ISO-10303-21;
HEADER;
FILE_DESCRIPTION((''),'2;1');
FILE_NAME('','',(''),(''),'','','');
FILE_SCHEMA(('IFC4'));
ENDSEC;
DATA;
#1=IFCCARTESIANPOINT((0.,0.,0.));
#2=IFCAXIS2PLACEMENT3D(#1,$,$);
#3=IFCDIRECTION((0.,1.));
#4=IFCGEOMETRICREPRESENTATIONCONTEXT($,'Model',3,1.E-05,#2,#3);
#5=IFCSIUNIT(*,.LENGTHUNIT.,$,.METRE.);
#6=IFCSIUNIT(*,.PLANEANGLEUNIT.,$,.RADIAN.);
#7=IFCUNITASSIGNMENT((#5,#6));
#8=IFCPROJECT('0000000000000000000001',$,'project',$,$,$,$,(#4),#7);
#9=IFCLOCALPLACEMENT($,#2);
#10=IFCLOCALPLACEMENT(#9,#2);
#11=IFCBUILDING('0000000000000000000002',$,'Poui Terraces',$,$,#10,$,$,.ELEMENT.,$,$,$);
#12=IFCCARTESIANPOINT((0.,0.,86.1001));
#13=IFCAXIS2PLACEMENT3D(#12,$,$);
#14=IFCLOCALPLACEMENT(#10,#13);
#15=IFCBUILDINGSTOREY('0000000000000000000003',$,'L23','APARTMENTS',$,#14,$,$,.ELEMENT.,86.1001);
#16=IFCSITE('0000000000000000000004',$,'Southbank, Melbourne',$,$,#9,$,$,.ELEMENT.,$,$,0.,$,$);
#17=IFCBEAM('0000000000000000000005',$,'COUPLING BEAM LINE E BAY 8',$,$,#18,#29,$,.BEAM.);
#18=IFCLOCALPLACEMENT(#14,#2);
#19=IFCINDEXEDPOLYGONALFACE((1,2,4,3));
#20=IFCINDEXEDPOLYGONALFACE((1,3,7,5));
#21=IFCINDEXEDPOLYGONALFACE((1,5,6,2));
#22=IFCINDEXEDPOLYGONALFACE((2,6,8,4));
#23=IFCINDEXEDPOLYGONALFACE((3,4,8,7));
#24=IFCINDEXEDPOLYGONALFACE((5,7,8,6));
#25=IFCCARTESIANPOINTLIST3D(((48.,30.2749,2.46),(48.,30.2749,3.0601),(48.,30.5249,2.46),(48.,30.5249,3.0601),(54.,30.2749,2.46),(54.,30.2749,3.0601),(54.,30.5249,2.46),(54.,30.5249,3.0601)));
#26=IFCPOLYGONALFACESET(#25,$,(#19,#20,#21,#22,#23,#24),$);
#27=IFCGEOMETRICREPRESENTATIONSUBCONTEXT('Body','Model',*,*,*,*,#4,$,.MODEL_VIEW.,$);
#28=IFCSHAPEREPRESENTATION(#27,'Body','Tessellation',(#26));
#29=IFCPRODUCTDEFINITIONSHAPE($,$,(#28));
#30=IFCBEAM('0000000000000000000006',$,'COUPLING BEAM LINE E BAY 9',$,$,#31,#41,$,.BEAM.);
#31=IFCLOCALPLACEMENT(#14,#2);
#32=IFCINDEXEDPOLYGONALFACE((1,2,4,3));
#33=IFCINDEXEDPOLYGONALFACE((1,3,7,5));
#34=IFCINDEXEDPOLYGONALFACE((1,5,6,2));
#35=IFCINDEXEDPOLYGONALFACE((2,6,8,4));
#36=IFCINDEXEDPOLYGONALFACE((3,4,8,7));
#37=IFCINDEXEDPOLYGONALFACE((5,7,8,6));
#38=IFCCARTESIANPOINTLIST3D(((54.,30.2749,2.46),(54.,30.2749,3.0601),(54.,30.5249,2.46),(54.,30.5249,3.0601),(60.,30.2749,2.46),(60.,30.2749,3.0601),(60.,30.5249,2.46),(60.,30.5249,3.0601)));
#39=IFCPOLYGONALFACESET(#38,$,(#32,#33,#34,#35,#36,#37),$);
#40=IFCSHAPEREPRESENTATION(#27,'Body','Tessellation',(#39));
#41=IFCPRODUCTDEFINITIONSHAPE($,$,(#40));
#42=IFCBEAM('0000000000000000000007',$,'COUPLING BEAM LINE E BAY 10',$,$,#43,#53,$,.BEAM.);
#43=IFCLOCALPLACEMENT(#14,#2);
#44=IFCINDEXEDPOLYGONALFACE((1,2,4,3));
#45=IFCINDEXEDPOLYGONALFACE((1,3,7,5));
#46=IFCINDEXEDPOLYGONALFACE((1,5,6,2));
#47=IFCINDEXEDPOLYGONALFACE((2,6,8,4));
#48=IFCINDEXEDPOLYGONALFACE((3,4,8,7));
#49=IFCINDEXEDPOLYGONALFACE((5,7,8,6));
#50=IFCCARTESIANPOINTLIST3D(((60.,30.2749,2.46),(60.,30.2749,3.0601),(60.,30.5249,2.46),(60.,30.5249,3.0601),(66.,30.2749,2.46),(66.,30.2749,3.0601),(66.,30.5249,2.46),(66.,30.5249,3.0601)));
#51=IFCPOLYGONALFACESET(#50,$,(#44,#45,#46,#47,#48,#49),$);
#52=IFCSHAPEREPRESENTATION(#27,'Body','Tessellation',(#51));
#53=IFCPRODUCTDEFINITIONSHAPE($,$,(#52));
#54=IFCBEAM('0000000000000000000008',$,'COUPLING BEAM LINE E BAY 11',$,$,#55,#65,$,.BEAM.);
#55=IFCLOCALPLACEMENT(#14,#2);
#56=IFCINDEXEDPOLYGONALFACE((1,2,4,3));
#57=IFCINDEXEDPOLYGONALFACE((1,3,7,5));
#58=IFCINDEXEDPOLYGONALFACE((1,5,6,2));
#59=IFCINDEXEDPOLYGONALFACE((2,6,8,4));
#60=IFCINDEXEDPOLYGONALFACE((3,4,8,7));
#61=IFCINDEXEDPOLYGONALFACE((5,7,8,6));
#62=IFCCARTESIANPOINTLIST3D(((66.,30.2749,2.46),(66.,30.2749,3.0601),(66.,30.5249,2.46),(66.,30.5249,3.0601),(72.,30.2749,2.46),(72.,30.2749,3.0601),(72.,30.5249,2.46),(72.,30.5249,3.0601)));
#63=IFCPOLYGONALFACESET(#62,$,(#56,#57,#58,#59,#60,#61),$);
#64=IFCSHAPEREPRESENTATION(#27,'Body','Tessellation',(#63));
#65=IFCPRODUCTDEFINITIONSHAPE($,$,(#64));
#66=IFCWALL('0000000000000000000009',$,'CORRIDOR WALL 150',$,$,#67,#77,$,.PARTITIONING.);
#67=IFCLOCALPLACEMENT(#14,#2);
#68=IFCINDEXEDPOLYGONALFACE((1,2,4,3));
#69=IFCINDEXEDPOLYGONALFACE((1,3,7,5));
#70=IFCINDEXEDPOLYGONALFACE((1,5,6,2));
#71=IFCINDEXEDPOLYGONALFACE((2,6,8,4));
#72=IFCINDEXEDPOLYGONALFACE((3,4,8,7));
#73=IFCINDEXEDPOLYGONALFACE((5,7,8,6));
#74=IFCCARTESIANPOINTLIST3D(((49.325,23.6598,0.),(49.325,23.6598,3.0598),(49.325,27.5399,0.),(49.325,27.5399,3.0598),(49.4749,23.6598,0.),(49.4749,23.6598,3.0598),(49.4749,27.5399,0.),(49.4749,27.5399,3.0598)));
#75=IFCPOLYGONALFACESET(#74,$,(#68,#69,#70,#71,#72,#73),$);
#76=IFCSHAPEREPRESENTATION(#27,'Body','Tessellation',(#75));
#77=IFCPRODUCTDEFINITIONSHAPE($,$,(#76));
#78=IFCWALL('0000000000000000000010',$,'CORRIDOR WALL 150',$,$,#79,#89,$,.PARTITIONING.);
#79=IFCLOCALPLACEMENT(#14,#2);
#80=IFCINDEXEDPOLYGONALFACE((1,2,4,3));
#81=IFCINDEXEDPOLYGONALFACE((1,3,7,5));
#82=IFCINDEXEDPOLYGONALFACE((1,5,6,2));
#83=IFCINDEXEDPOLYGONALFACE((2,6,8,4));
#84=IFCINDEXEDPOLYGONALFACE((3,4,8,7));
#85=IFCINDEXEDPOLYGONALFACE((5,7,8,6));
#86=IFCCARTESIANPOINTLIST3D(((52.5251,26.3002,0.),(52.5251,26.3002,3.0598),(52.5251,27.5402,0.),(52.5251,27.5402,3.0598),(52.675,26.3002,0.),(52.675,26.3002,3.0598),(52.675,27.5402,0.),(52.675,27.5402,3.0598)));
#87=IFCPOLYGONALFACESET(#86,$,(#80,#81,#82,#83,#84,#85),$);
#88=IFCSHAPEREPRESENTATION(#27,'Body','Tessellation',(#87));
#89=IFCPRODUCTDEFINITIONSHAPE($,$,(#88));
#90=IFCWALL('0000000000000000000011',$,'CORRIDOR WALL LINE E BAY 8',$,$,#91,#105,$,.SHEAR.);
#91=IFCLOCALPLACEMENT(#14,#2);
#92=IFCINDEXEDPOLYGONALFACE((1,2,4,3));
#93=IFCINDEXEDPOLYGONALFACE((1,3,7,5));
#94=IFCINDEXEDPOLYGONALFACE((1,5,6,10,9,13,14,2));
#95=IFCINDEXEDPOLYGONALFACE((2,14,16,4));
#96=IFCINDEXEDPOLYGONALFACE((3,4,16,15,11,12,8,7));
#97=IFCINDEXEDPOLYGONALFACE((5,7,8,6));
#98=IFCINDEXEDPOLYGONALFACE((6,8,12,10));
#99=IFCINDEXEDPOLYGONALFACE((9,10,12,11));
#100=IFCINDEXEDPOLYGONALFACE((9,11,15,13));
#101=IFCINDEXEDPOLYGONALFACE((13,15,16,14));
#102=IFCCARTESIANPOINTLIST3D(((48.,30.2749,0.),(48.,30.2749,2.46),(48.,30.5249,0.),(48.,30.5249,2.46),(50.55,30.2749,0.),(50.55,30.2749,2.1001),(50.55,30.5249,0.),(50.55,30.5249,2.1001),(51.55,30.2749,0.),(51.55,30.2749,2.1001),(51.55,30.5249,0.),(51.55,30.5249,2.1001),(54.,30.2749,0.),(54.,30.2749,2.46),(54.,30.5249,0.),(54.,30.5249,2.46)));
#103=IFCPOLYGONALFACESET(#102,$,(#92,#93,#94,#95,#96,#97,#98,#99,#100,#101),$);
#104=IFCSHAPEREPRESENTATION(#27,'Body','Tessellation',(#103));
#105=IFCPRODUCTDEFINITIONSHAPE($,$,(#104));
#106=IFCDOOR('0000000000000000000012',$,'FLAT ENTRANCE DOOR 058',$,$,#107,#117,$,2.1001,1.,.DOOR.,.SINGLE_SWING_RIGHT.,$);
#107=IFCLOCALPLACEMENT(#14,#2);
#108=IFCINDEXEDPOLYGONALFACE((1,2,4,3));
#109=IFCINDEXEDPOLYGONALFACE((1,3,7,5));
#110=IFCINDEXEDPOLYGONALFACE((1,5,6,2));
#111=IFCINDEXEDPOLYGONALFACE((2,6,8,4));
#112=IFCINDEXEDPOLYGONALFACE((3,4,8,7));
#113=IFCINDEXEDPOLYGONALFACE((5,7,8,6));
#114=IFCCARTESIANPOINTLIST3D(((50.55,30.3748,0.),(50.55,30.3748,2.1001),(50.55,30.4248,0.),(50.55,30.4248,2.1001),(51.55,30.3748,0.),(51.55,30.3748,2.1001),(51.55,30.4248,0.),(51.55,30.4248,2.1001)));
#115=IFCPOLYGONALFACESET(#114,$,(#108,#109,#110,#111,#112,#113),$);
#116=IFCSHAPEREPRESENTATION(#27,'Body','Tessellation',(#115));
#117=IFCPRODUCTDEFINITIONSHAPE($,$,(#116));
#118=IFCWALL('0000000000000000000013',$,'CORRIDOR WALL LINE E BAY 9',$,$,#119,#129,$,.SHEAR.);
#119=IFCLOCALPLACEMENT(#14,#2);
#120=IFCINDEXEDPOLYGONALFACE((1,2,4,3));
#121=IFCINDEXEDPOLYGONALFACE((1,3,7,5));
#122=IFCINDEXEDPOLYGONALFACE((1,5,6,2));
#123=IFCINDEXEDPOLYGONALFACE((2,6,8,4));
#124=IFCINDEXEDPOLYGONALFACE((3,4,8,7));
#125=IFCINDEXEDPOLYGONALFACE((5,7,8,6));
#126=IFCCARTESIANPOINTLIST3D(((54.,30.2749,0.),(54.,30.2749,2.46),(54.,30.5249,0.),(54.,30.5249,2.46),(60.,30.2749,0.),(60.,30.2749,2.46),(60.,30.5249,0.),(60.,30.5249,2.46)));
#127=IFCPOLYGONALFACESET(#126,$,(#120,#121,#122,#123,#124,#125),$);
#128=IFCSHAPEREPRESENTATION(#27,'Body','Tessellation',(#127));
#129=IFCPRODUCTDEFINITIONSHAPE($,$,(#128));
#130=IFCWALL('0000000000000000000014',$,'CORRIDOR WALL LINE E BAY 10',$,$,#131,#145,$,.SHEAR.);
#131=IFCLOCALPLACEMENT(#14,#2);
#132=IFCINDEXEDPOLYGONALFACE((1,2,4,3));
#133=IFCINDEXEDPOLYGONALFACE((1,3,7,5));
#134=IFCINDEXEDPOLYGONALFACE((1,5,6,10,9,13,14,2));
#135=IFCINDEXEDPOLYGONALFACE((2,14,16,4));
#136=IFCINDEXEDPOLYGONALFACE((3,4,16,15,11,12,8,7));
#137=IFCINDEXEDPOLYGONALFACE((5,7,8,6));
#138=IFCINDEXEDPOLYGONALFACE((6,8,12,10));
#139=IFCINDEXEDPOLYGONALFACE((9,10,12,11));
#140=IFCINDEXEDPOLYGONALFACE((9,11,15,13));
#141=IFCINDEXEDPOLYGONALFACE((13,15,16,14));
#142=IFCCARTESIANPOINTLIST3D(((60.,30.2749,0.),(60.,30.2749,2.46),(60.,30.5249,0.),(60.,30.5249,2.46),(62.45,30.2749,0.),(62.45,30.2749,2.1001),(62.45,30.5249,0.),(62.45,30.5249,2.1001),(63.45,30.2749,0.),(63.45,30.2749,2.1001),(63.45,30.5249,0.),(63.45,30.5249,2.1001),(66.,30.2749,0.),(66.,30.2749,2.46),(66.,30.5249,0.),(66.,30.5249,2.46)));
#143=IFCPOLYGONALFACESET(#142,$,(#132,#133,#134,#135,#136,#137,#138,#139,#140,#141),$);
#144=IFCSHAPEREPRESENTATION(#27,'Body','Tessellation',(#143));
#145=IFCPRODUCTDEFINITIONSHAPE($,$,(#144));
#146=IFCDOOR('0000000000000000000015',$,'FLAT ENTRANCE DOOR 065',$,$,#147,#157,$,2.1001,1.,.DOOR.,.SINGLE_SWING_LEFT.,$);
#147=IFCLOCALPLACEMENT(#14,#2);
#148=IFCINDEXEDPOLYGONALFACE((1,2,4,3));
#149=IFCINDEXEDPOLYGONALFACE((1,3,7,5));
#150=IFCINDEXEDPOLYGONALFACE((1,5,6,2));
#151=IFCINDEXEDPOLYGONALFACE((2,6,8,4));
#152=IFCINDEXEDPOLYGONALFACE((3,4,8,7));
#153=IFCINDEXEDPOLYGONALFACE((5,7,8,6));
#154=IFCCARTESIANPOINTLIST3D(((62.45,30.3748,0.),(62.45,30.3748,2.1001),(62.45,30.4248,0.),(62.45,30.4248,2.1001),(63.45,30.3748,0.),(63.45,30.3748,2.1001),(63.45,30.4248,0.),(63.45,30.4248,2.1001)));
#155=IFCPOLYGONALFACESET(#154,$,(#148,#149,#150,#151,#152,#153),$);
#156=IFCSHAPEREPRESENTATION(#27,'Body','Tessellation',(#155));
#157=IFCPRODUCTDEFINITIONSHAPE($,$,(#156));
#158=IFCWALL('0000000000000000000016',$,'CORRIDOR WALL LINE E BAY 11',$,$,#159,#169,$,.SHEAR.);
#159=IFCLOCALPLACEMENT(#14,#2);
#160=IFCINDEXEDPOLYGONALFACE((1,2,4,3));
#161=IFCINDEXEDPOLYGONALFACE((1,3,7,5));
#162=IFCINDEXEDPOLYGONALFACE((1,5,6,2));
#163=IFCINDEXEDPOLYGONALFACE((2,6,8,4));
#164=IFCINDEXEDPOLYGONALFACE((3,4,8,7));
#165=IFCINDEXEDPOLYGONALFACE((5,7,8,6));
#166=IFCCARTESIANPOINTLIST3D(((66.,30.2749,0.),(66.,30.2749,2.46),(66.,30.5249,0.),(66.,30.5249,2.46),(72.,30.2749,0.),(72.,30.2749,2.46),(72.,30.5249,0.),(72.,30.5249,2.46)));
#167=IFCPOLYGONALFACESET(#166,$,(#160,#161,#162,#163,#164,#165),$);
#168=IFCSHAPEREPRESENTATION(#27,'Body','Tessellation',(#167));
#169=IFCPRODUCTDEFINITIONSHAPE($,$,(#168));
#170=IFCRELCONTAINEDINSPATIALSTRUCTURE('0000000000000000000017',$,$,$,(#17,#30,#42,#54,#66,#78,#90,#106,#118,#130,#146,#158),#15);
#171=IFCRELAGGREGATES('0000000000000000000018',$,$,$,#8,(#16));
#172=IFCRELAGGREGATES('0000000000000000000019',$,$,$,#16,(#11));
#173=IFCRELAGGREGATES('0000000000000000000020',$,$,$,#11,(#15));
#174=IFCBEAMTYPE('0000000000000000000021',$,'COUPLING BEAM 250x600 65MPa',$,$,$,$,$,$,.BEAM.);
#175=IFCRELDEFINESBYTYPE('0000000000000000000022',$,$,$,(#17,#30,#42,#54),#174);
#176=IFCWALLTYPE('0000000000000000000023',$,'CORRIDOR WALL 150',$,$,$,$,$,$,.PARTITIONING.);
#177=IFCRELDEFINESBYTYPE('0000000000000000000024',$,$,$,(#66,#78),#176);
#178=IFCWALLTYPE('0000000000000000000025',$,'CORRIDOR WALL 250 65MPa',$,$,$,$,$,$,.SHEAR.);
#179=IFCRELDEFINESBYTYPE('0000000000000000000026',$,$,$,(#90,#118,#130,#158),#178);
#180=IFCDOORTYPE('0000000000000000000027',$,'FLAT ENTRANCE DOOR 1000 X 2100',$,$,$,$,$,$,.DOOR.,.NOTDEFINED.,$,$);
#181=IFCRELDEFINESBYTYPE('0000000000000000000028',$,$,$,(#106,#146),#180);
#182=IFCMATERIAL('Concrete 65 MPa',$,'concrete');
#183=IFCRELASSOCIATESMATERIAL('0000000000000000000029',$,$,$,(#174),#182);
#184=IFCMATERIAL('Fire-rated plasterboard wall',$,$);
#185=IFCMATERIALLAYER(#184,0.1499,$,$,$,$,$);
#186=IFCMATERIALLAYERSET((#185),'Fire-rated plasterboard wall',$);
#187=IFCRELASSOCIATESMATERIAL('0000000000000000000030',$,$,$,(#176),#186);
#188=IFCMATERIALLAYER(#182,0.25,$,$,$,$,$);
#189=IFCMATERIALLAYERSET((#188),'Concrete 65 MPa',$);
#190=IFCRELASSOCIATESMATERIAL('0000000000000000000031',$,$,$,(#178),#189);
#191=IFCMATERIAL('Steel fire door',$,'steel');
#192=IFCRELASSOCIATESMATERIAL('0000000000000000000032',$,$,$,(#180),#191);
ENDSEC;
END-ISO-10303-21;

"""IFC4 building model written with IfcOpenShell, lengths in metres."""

from ifc_helpers import new_model, si_unit, direction, frame, frame_2d, origin, origin_2d, place, context, subcontext, project, spatial, rectangle, extrude, source, transform, mapped, material, layer, layer_set, material_profile, profile_set, type_object, element, fill, save


model = new_model("IFC4")

# Units and contexts
model_context = context("Model", 3, precision=1e-05, world=origin(), true_north=direction((0.0, 1.0)))
body_context = subcontext(model_context, "Body", "Model", "MODEL_VIEW")
ifc_project = project(units=[si_unit("LENGTHUNIT", "METRE"), si_unit("PLANEANGLEUNIT", "RADIAN")], contexts=[model_context])

# Site, building, storey
site_placement = place(None, origin())
site = spatial("IfcSite", under=ifc_project, at=site_placement, Name="Southbank, Melbourne", CompositionType="ELEMENT", RefElevation=0.0)
building_placement = place(site_placement, origin())
building = spatial("IfcBuilding", under=site, at=building_placement, Name="Poui Terraces", CompositionType="ELEMENT")
storey_placement = place(building_placement, frame((0.0, 0.0, 86.1001)))
storey = spatial("IfcBuildingStorey", under=building, at=storey_placement, Name="L23", Description="APARTMENTS", CompositionType="ELEMENT", Elevation=86.1001)

# Beams
ifc_material_1 = material(Name="Concrete 65 MPa", Category="concrete")
ifc_material_profile = material_profile(ifc_material_1, rectangle(XDim=0.25, YDim=0.6001, at=origin_2d()), Name="RC 250x600")
ifc_profile_set = profile_set([ifc_material_profile], Name="Concrete 65 MPa")
beam_type = type_object("IfcBeamType", Name="COUPLING BEAM 250x600 65MPa", PredefinedType="BEAM", material=ifc_profile_set)
shared_shape = source(origin(), body_context, "Body", "SweptSolid", [
    extrude(rectangle(XDim=0.25, YDim=0.6001, at=origin_2d()), origin(), (0.0, 0.0, 1.0), 6.0),
])
for number, where, z_axis, x_axis, name in (
    (1, (48.0, 30.3999, 2.76), (1.0, 0.0, 0.0), (0.0, 1.0, 0.0), "COUPLING BEAM LINE E BAY 8"),
    (2, (54.0, 30.3999, 2.76), (1.0, 0.0, 0.0), (0.0, 1.0, 0.0), "COUPLING BEAM LINE E BAY 9"),
    (3, (60.0, 30.3999, 2.76), (1.0, 0.0, 0.0), (0.0, 1.0, 0.0), "COUPLING BEAM LINE E BAY 10"),
    (4, (66.0, 30.3999, 2.76), (1.0, 0.0, 0.0), (0.0, 1.0, 0.0), "COUPLING BEAM LINE E BAY 11"),
):
    element("IfcBeam", number, at=place(storey_placement, frame(where, z_axis=z_axis, x_axis=x_axis)), inside=storey, type_object=beam_type, Name=name, PredefinedType="BEAM", context=body_context, shape_type="MappedRepresentation", body=[
        mapped(shared_shape, transform((0.0, 0.0, 0.0))),
    ])

# Walls
ifc_material_2 = material(Name="Fire-rated plasterboard wall")
ifc_layer_1 = layer(ifc_material_2, 0.1499)
ifc_layer_set_1 = layer_set([ifc_layer_1], Name="Fire-rated plasterboard wall")
wall_type_1 = type_object("IfcWallType", Name="CORRIDOR WALL 150", PredefinedType="PARTITIONING", material=ifc_layer_set_1)
wall_1_placement = place(storey_placement, frame((49.3999, 23.6599, 0.0), z_axis=(0.0, 0.0, 1.0), x_axis=(0.0, 1.0, 0.0)))
element("IfcWall", 5, at=wall_1_placement, inside=storey, type_object=wall_type_1, Name="CORRIDOR WALL 150", PredefinedType="PARTITIONING", context=body_context, shape_type="SweptSolid", body=[
    extrude(rectangle(XDim=3.8801, YDim=0.1499, at=frame_2d((1.9399, 0.0))), origin(), (0.0, 0.0, 1.0), 3.0598),
])
wall_2_placement = place(storey_placement, frame((52.6001, 26.3, 0.0), z_axis=(0.0, 0.0, 1.0), x_axis=(0.0, 1.0, 0.0)))
element("IfcWall", 6, at=wall_2_placement, inside=storey, type_object=wall_type_1, Name="CORRIDOR WALL 150", PredefinedType="PARTITIONING", context=body_context, shape_type="SweptSolid", body=[
    extrude(rectangle(XDim=1.24, YDim=0.1499, at=frame_2d((0.6201, 0.0))), origin(), (0.0, 0.0, 1.0), 3.0598),
])

# Wall, opening, door
ifc_layer_2 = layer(ifc_material_1, 0.25)
ifc_layer_set_2 = layer_set([ifc_layer_2], Name="Concrete 65 MPa")
wall_type_2 = type_object("IfcWallType", Name="CORRIDOR WALL 250 65MPa", PredefinedType="SHEAR", material=ifc_layer_set_2)
wall_3_placement = place(storey_placement, frame((48.0, 30.3999, 0.0), z_axis=(0.0, 0.0, 1.0), x_axis=(1.0, 0.0, 0.0)))
wall_3 = element("IfcWall", 7, at=wall_3_placement, inside=storey, type_object=wall_type_2, Name="CORRIDOR WALL LINE E BAY 8", PredefinedType="SHEAR", context=body_context, shape_type="SweptSolid", body=[
    extrude(rectangle(XDim=6.0, YDim=0.25, at=frame_2d((3.0, 0.0))), origin(), (0.0, 0.0, 1.0), 2.46),
])
opening_1_placement = place(wall_3_placement, frame((2.55, 0.0, 0.0)))
opening_1 = element("IfcOpeningElement", 8, at=opening_1_placement, cuts=wall_3, PredefinedType="OPENING", context=body_context, shape_type="SweptSolid", body=[
    extrude(rectangle(XDim=1.0, YDim=2.1001, at=frame_2d((0.5, 1.05))), frame((0.0, 0.135, 0.0), z_axis=(0.0, -1.0, 0.0), x_axis=(1.0, 0.0, 0.0)), (0.0, 0.0, 1.0), 0.27),
])
ifc_material_3 = material(Name="Steel fire door", Category="steel")
door_type_1 = type_object("IfcDoorType", Name="FLAT ENTRANCE DOOR 1000 X 2100", OperationType="NOTDEFINED", PredefinedType="DOOR", material=ifc_material_3)
door_1_placement = place(opening_1_placement, origin())
door_1 = element("IfcDoor", 9, at=door_1_placement, inside=storey, type_object=door_type_1, Name="FLAT ENTRANCE DOOR 058", OperationType="SINGLE_SWING_RIGHT", OverallHeight=2.1001, OverallWidth=1.0, PredefinedType="DOOR", context=body_context, shape_type="SweptSolid", body=[
    extrude(rectangle(XDim=1.0, YDim=2.1001, at=frame_2d((0.5, 1.05))), frame((0.0, 0.0249, 0.0), z_axis=(0.0, -1.0, 0.0), x_axis=(1.0, 0.0, 0.0)), (0.0, 0.0, 1.0), 0.05),
])
fill(opening_1, door_1)

# Wall
wall_4_placement = place(storey_placement, frame((54.0, 30.3999, 0.0), z_axis=(0.0, 0.0, 1.0), x_axis=(1.0, 0.0, 0.0)))
element("IfcWall", 10, at=wall_4_placement, inside=storey, type_object=wall_type_2, Name="CORRIDOR WALL LINE E BAY 9", PredefinedType="SHEAR", context=body_context, shape_type="SweptSolid", body=[
    extrude(rectangle(XDim=6.0, YDim=0.25, at=frame_2d((3.0, 0.0))), origin(), (0.0, 0.0, 1.0), 2.46),
])

# Wall, opening, door
wall_5_placement = place(storey_placement, frame((60.0, 30.3999, 0.0), z_axis=(0.0, 0.0, 1.0), x_axis=(1.0, 0.0, 0.0)))
wall_5 = element("IfcWall", 11, at=wall_5_placement, inside=storey, type_object=wall_type_2, Name="CORRIDOR WALL LINE E BAY 10", PredefinedType="SHEAR", context=body_context, shape_type="SweptSolid", body=[
    extrude(rectangle(XDim=6.0, YDim=0.25, at=frame_2d((3.0, 0.0))), origin(), (0.0, 0.0, 1.0), 2.46),
])
opening_2_placement = place(wall_5_placement, frame((2.45, 0.0, 0.0)))
opening_2 = element("IfcOpeningElement", 12, at=opening_2_placement, cuts=wall_5, PredefinedType="OPENING", context=body_context, shape_type="SweptSolid", body=[
    extrude(rectangle(XDim=1.0, YDim=2.1001, at=frame_2d((0.5, 1.05))), frame((0.0, 0.135, 0.0), z_axis=(0.0, -1.0, 0.0), x_axis=(1.0, 0.0, 0.0)), (0.0, 0.0, 1.0), 0.27),
])
door_2_placement = place(opening_2_placement, origin())
door_2 = element("IfcDoor", 13, at=door_2_placement, inside=storey, type_object=door_type_1, Name="FLAT ENTRANCE DOOR 065", OperationType="SINGLE_SWING_LEFT", OverallHeight=2.1001, OverallWidth=1.0, PredefinedType="DOOR", context=body_context, shape_type="SweptSolid", body=[
    extrude(rectangle(XDim=1.0, YDim=2.1001, at=frame_2d((0.5, 1.05))), frame((0.0, 0.0249, 0.0), z_axis=(0.0, -1.0, 0.0), x_axis=(1.0, 0.0, 0.0)), (0.0, 0.0, 1.0), 0.05),
])
fill(opening_2, door_2)

# Wall
wall_6_placement = place(storey_placement, frame((66.0, 30.3999, 0.0), z_axis=(0.0, 0.0, 1.0), x_axis=(1.0, 0.0, 0.0)))
element("IfcWall", 14, at=wall_6_placement, inside=storey, type_object=wall_type_2, Name="CORRIDOR WALL LINE E BAY 11", PredefinedType="SHEAR", context=body_context, shape_type="SweptSolid", body=[
    extrude(rectangle(XDim=6.0, YDim=0.25, at=frame_2d((3.0, 0.0))), origin(), (0.0, 0.0, 1.0), 2.46),
])

save(model, "model.ifc")
